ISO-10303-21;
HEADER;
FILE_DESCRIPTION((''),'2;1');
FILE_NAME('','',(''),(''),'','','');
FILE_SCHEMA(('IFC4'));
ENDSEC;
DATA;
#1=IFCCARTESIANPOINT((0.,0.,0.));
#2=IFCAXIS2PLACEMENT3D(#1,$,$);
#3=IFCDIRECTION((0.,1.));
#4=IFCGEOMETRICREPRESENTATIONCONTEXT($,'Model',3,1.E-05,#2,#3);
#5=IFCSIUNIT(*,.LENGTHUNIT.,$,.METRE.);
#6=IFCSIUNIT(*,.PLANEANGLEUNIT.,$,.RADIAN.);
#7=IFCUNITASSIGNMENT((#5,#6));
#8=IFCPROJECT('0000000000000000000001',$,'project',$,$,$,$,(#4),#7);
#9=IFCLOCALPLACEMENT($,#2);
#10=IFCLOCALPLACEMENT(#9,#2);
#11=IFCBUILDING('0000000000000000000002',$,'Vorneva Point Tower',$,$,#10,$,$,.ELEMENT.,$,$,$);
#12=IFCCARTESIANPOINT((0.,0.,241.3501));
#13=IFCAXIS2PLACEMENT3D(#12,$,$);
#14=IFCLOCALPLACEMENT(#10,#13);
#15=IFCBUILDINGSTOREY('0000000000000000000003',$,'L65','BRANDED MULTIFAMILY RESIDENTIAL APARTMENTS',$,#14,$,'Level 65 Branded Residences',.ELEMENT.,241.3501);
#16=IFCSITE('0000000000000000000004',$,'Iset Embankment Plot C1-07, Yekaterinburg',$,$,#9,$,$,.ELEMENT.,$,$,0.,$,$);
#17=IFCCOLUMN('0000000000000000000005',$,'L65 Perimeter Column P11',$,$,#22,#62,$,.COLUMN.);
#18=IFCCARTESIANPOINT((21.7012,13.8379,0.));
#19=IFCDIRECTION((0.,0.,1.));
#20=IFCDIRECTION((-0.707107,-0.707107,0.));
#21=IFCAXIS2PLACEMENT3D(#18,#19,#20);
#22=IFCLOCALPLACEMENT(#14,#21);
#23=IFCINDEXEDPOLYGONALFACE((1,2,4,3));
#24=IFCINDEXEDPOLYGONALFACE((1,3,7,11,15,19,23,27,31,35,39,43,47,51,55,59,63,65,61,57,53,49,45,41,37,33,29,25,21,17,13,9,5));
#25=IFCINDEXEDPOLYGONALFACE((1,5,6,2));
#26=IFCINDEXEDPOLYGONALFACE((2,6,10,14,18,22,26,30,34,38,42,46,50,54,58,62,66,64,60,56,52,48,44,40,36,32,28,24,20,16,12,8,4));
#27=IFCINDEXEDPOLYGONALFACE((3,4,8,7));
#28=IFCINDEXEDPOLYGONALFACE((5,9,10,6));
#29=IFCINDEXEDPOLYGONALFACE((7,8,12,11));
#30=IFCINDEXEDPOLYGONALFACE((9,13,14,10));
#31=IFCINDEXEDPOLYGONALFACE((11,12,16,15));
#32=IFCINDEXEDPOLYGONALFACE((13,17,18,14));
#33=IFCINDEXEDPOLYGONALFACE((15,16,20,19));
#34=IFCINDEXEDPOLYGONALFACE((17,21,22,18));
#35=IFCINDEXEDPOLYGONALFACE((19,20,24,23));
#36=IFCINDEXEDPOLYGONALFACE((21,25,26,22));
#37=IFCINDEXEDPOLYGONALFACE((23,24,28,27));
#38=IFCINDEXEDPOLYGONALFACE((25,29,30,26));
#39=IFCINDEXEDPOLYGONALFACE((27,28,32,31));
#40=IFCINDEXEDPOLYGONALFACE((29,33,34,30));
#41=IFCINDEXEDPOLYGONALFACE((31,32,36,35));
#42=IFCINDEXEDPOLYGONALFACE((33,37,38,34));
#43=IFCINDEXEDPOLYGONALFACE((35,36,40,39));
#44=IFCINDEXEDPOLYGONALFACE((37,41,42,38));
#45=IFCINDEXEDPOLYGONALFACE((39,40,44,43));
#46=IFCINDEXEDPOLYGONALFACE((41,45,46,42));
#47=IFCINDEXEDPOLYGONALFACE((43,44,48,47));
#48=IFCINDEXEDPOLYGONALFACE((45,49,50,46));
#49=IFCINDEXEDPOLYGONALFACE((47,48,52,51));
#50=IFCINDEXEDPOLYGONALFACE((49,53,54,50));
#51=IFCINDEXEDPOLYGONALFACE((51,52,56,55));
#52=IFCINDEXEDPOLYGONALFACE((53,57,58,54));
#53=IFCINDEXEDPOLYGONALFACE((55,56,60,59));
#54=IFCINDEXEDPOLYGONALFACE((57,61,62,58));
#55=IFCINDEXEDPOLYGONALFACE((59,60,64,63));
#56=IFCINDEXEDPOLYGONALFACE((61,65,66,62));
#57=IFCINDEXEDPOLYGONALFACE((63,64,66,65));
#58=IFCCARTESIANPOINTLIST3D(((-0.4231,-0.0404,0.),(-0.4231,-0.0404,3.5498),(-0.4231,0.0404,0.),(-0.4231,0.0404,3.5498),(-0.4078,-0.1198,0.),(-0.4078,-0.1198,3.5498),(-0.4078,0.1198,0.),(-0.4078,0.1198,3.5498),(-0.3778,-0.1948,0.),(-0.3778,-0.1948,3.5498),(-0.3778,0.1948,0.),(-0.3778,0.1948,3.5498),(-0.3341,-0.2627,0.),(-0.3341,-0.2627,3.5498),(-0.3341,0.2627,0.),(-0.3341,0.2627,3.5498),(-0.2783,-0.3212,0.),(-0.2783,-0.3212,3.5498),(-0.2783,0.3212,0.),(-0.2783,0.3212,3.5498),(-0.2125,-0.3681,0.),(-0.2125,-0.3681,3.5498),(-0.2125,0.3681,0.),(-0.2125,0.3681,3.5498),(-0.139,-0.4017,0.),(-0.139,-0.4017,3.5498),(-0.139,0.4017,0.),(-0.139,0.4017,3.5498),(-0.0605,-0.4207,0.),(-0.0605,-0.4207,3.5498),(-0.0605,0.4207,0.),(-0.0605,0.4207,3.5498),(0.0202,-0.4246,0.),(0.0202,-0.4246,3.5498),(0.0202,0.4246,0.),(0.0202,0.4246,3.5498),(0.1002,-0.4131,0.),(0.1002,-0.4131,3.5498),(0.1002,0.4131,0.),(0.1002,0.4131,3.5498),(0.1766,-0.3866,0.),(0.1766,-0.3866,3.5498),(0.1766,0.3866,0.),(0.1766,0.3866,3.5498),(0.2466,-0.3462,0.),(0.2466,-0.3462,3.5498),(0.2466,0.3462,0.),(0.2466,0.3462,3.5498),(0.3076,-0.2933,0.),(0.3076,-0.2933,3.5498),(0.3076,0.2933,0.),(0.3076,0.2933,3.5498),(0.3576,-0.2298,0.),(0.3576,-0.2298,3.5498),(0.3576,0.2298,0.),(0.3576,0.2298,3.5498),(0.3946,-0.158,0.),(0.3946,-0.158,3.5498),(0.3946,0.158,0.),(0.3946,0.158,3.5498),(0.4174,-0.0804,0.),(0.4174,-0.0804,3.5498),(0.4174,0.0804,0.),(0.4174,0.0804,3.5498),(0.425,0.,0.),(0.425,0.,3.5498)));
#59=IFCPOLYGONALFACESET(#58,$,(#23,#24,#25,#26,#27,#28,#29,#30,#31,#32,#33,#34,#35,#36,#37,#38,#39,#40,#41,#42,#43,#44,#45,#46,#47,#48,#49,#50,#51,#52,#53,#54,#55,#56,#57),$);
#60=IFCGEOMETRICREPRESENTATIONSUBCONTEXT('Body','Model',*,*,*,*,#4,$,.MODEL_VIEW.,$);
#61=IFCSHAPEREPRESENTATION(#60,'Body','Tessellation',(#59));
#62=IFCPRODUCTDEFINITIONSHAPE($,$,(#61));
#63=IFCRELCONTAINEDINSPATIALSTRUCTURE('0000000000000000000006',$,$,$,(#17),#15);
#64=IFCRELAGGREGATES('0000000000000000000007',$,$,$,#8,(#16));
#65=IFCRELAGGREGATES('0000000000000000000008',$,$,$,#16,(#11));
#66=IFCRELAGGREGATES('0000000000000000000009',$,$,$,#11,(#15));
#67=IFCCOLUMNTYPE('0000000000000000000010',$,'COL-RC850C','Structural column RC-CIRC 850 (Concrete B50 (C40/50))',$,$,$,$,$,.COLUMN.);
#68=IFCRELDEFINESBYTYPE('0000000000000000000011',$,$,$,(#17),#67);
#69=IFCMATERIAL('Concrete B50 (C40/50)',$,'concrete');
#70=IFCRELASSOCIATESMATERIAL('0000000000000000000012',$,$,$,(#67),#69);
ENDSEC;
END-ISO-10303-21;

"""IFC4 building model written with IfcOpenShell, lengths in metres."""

from ifc_helpers import new_model, si_unit, direction, frame, origin, origin_2d, place, context, subcontext, project, spatial, circle, extrude, material, material_profile, profile_set, type_object, element, save


model = new_model("IFC4")

# Units and contexts
model_context = context("Model", 3, precision=1e-05, world=origin(), true_north=direction((0.0, 1.0)))
body_context = subcontext(model_context, "Body", "Model", "MODEL_VIEW")
ifc_project = project(units=[si_unit("LENGTHUNIT", "METRE"), si_unit("PLANEANGLEUNIT", "RADIAN")], contexts=[model_context])

# Site, building, storey
site_placement = place(None, origin())
site = spatial("IfcSite", under=ifc_project, at=site_placement, Name="Iset Embankment Plot C1-07, Yekaterinburg", CompositionType="ELEMENT", RefElevation=0.0)
building_placement = place(site_placement, origin())
building = spatial("IfcBuilding", under=site, at=building_placement, Name="Vorneva Point Tower", CompositionType="ELEMENT")
storey_placement = place(building_placement, frame((0.0, 0.0, 241.3501)))
storey = spatial("IfcBuildingStorey", under=building, at=storey_placement, Name="L65", Description="BRANDED MULTIFAMILY RESIDENTIAL APARTMENTS", LongName="Level 65 Branded Residences", CompositionType="ELEMENT", Elevation=241.3501)

# Column
ifc_material_1 = material(Name="Concrete B50 (C40/50)", Category="concrete")
ifc_material_profile_1 = material_profile(ifc_material_1, circle(Radius=0.425, at=origin_2d()), Name="RC-CIRC 850")
ifc_profile_set_1 = profile_set([ifc_material_profile_1], Name="Concrete B50 (C40/50)")
column_type = type_object("IfcColumnType", Name="COL-RC850C", Description="Structural column RC-CIRC 850 (Concrete B50 (C40/50))", PredefinedType="COLUMN", material=ifc_profile_set_1)
column_placement = place(storey_placement, frame((21.7012, 13.8379, 0.0), z_axis=(0.0, 0.0, 1.0), x_axis=(-0.707107, -0.707107, 0.0)))
element("IfcColumn", 1, at=column_placement, inside=storey, type_object=column_type, Name="L65 Perimeter Column P11", PredefinedType="COLUMN", context=body_context, shape_type="SweptSolid", body=[
    extrude(circle(Radius=0.425, at=origin_2d()), origin(), (0.0, 0.0, 1.0), 3.5498),
])

save(model, "model.ifc")
